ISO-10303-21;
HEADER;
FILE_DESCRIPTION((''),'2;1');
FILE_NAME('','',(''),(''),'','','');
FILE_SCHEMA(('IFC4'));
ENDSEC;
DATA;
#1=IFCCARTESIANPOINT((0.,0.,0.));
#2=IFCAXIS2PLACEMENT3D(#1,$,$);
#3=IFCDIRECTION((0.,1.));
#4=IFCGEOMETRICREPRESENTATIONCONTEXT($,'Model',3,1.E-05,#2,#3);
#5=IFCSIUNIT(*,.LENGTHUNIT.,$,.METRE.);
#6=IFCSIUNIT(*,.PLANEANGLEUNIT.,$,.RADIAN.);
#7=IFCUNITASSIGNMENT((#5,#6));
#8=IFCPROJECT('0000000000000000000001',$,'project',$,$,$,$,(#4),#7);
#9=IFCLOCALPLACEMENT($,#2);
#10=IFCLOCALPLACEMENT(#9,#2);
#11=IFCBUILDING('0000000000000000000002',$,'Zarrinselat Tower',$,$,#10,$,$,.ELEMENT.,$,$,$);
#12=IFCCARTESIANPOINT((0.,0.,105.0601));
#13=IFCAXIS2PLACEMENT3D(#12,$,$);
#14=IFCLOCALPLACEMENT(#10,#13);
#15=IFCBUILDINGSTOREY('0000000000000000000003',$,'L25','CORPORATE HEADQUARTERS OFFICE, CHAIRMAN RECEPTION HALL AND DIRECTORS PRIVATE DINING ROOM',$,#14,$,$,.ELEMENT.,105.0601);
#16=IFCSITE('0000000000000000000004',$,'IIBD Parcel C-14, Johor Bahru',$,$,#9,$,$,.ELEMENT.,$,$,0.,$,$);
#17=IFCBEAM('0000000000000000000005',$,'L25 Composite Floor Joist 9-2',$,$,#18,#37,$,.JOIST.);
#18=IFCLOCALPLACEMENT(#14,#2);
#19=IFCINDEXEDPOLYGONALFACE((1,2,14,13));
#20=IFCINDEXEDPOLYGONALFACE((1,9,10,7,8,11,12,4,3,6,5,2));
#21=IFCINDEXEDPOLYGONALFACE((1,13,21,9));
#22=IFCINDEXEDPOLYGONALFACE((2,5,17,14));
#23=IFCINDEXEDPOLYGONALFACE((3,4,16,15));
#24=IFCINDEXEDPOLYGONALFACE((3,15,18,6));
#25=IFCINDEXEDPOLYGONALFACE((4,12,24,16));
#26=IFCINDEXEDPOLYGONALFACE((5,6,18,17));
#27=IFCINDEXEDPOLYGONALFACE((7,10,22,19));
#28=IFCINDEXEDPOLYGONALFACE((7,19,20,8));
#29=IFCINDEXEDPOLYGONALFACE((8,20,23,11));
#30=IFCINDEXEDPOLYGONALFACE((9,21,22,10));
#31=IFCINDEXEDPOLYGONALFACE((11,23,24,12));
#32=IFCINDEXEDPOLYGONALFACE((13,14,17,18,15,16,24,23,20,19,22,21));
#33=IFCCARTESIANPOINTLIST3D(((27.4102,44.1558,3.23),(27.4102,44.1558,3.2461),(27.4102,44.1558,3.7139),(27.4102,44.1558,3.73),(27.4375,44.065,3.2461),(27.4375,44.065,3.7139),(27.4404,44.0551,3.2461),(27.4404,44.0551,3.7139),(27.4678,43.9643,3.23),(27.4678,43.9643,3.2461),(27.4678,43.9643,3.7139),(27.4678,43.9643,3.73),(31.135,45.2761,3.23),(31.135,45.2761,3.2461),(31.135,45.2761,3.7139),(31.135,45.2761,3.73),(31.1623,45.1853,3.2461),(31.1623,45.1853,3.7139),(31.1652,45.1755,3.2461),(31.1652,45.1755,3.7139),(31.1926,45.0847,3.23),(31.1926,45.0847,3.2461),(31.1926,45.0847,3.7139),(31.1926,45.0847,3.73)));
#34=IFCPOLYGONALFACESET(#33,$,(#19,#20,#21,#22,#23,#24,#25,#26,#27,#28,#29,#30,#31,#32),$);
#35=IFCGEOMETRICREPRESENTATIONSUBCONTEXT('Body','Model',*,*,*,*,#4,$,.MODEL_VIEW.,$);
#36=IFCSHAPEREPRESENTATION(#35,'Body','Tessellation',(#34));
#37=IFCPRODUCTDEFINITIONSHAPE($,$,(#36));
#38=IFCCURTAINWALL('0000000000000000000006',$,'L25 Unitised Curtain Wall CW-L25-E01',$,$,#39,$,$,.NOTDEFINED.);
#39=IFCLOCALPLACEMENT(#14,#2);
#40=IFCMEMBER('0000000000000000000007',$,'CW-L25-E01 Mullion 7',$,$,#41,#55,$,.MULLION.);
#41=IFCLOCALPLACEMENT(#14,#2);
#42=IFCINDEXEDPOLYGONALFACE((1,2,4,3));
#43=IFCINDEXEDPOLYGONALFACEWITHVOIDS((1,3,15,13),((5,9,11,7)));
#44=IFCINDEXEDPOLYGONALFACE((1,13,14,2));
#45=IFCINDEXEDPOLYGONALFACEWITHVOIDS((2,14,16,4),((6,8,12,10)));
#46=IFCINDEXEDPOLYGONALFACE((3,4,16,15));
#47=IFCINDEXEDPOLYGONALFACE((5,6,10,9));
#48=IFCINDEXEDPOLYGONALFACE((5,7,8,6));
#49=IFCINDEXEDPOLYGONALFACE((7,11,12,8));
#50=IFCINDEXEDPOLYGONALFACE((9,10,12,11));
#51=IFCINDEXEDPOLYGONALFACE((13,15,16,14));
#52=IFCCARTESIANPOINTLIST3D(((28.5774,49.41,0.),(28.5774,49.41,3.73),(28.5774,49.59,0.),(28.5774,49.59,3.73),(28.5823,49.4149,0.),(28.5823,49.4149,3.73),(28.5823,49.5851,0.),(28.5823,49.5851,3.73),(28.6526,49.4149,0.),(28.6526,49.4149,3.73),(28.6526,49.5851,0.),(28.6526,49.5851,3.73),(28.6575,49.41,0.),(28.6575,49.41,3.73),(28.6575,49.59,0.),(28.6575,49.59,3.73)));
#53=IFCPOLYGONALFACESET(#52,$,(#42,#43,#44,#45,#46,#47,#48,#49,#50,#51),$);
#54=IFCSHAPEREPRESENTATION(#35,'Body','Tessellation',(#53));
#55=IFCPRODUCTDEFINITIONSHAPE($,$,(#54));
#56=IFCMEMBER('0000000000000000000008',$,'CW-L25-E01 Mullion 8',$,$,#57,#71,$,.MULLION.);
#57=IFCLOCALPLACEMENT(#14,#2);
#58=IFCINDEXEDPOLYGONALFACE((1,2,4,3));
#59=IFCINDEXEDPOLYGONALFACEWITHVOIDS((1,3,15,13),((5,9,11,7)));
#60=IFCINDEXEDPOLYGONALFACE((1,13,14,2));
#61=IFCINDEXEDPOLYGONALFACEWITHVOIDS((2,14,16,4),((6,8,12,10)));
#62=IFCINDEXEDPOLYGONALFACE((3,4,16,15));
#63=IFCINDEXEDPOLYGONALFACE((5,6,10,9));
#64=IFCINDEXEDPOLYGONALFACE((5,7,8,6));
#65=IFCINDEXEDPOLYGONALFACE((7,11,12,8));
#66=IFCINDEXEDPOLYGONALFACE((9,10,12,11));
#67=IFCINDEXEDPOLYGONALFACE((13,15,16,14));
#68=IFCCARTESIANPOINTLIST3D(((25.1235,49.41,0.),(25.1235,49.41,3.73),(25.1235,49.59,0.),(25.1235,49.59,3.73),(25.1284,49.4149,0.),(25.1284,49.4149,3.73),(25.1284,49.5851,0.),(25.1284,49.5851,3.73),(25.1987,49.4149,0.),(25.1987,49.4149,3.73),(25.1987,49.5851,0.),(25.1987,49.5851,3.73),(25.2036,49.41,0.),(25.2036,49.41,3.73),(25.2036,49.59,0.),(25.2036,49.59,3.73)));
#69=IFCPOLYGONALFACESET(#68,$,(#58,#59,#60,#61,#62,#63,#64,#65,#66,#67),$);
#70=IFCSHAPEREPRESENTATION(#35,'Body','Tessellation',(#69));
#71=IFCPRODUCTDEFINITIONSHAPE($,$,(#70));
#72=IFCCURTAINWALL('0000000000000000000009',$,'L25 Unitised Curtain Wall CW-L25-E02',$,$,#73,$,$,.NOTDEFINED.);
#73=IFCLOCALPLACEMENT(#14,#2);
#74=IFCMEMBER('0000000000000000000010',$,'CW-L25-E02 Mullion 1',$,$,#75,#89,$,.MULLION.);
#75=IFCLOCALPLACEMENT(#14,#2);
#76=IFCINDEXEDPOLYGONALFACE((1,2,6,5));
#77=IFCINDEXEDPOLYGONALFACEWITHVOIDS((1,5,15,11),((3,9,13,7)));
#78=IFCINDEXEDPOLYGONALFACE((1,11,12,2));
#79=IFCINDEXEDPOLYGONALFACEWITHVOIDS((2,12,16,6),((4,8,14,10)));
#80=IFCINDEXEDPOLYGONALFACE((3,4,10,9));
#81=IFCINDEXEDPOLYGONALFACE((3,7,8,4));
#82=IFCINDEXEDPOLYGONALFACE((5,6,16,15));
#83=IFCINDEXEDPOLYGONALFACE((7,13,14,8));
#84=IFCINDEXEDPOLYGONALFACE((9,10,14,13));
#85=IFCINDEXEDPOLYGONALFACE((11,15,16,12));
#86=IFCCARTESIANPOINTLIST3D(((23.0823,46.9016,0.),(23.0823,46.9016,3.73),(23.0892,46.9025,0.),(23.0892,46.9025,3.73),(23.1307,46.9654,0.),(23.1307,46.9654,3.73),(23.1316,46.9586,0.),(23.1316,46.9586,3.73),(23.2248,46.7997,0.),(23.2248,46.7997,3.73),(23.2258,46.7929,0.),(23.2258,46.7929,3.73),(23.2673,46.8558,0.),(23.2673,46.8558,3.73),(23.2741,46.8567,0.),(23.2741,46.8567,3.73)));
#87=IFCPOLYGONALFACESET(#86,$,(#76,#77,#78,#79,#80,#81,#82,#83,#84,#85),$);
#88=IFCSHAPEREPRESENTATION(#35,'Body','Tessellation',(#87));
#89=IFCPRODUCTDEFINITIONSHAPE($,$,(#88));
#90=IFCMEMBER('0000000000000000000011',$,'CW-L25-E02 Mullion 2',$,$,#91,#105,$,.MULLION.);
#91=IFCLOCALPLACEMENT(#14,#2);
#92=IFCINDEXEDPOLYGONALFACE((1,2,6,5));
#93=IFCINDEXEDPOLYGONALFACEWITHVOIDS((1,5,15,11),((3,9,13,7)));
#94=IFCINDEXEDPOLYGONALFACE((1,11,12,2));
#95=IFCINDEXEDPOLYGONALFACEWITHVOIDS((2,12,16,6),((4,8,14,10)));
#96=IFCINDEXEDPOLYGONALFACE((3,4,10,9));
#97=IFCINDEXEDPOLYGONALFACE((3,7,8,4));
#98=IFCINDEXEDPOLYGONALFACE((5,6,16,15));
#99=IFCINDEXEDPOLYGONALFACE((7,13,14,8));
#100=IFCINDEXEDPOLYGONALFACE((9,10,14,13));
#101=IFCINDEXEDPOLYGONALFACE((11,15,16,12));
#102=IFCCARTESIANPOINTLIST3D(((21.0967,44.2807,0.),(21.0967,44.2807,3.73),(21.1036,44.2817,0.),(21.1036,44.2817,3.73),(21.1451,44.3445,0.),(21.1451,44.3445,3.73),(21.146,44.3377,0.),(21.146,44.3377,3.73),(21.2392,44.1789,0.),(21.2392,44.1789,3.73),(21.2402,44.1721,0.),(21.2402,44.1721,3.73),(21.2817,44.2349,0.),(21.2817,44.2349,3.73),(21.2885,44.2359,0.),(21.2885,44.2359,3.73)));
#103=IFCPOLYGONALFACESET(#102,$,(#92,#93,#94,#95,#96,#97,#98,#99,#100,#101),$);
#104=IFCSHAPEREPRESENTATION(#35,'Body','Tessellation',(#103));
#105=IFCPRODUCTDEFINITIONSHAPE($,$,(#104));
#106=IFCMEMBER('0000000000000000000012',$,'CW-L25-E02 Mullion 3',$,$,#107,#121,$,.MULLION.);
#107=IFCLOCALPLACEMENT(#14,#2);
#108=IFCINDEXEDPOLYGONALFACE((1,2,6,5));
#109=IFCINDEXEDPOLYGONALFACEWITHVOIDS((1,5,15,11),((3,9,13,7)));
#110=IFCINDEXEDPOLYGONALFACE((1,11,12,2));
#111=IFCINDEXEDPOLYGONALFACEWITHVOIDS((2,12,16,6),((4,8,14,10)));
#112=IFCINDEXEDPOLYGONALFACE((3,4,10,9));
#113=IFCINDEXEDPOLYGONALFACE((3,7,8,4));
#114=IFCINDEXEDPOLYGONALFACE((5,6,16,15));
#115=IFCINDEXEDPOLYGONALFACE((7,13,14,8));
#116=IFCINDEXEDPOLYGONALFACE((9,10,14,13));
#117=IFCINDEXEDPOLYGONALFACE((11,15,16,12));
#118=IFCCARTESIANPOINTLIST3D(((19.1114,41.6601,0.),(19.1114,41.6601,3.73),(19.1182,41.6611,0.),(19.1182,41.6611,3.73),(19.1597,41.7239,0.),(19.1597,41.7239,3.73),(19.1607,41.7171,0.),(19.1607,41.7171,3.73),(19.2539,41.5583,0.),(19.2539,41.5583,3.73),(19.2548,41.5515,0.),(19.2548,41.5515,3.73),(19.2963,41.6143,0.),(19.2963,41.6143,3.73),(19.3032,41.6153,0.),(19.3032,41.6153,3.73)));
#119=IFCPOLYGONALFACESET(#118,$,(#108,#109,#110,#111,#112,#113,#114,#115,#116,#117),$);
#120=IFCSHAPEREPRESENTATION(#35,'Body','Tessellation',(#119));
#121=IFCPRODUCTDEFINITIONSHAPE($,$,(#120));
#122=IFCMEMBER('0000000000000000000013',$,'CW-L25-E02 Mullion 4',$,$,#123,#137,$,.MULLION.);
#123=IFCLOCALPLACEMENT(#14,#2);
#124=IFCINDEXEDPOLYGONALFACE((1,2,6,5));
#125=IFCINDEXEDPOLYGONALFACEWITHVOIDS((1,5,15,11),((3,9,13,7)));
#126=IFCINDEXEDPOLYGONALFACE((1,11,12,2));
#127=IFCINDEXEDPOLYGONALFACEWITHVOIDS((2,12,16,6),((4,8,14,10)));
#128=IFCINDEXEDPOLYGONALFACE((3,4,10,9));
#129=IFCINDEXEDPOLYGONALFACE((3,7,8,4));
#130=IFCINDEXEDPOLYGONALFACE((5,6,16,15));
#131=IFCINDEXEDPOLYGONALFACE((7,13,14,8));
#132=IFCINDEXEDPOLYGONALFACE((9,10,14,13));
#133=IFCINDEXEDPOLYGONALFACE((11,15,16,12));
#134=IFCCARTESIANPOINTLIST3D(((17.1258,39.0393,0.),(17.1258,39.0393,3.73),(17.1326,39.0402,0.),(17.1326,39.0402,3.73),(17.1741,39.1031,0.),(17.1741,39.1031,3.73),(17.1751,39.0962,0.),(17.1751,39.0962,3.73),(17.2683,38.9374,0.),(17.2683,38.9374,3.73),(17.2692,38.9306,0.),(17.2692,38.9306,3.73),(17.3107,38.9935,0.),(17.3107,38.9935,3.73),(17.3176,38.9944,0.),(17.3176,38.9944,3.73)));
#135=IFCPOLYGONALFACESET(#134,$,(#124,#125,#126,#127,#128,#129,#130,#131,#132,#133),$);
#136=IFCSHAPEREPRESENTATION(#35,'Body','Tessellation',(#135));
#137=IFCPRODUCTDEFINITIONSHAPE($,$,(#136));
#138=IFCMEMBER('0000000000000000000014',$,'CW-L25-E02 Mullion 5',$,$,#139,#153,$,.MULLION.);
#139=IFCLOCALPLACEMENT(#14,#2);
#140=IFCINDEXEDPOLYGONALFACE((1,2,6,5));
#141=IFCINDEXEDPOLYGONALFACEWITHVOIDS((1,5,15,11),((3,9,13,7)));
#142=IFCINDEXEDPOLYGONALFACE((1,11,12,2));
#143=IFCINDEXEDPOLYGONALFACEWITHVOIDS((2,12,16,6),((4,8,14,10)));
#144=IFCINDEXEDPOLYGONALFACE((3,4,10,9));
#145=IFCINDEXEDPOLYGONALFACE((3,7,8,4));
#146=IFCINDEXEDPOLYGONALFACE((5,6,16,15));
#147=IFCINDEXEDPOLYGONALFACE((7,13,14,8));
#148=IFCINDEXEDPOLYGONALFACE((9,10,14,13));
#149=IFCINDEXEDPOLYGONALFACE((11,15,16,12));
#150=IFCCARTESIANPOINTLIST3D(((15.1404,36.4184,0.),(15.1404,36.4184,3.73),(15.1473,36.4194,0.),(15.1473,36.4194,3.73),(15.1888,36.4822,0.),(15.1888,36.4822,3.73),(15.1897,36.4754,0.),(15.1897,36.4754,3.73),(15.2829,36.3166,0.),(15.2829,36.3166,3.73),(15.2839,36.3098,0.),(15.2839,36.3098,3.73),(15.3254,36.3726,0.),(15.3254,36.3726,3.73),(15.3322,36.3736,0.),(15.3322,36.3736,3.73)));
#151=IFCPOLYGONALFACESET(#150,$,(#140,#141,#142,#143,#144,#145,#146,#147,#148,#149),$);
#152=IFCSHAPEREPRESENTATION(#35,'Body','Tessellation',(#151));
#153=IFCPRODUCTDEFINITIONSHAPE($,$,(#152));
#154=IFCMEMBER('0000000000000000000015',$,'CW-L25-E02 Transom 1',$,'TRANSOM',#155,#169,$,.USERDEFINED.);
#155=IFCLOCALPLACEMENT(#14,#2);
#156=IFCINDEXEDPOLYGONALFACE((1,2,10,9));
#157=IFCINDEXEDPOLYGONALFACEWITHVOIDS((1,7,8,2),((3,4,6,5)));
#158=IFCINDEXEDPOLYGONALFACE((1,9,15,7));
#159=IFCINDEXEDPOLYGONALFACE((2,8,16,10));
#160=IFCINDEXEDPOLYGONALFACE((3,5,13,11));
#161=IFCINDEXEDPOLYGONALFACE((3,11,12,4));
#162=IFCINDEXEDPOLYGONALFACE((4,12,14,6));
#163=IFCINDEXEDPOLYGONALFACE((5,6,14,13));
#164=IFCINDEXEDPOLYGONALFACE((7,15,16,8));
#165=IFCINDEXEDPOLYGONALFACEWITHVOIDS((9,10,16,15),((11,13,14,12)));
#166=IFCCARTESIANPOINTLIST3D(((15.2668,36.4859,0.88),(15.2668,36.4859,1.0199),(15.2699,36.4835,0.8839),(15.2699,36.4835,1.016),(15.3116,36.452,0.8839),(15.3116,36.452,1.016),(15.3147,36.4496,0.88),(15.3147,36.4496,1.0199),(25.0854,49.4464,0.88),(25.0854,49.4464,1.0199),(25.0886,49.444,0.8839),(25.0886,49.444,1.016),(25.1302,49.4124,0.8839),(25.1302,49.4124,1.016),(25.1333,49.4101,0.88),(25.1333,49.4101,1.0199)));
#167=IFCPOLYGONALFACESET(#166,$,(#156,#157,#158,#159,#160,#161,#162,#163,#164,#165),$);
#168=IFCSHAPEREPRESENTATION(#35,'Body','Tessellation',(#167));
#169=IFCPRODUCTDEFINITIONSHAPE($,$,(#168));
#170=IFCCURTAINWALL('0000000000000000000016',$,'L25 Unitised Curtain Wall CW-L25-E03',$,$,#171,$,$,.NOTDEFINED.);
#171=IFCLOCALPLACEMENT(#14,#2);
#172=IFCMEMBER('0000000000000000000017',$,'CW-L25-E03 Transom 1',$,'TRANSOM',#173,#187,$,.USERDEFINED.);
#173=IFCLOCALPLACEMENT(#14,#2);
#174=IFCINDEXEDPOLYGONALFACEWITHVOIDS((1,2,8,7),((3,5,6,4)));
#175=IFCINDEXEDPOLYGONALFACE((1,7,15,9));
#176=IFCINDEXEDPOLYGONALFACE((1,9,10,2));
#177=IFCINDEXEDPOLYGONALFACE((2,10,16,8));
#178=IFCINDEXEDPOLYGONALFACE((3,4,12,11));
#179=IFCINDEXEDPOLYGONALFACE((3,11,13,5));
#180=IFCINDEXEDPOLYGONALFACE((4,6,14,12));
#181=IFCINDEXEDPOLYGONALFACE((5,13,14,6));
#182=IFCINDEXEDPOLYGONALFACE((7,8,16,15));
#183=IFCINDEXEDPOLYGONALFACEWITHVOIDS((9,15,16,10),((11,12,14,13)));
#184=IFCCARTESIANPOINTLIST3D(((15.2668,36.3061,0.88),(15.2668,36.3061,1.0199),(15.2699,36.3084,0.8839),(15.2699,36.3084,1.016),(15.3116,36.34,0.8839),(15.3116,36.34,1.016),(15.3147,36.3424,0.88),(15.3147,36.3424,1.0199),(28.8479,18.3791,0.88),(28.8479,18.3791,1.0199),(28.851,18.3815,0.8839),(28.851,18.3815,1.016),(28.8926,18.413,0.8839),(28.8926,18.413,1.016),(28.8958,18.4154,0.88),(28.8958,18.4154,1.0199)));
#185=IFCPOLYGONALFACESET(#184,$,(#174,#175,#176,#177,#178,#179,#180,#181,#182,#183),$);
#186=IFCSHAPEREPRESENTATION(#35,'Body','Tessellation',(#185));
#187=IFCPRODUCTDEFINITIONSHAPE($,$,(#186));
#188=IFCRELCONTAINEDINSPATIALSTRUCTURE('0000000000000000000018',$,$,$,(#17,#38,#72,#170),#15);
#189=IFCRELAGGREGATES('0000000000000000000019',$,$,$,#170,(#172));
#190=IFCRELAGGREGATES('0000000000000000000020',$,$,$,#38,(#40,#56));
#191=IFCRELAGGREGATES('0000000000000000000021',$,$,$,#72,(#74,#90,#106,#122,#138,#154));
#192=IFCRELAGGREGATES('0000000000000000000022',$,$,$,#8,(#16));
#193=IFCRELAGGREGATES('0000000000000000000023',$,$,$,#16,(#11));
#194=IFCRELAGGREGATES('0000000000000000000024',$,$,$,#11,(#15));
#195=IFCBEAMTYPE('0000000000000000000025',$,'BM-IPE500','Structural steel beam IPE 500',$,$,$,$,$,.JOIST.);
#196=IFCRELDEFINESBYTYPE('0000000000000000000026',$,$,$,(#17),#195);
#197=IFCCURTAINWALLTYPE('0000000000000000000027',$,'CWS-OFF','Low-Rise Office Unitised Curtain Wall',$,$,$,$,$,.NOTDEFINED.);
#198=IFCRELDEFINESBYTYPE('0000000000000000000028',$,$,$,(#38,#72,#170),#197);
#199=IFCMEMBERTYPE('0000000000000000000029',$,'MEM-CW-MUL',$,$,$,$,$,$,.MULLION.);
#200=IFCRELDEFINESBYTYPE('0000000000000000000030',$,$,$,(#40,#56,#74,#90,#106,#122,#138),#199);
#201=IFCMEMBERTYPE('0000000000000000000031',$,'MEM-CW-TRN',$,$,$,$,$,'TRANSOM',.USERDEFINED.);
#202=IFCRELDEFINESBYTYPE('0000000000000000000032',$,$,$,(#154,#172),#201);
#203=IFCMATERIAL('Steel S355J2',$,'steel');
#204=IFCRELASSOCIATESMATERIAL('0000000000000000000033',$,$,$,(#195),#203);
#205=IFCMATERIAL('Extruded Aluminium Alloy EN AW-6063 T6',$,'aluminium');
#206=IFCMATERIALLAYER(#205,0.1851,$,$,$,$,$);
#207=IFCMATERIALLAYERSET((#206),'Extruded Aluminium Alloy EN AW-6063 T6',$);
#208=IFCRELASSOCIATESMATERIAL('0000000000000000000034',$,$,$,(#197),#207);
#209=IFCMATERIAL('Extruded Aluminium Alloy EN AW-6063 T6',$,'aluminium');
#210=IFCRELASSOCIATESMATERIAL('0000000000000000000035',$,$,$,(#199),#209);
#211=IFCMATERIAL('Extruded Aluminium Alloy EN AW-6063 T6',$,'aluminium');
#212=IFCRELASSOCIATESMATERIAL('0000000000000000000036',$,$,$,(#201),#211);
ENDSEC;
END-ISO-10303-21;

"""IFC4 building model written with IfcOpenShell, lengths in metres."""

from ifc_helpers import new_model, si_unit, direction, frame, origin, origin_2d, place, context, subcontext, project, spatial, hollow_rectangle, i_section, extrude, material, layer, layer_set, material_profile, profile_set, type_object, element, aggregate, save


model = new_model("IFC4")

# Units and contexts
model_context = context("Model", 3, precision=1e-05, world=origin(), true_north=direction((0.0, 1.0)))
body_context = subcontext(model_context, "Body", "Model", "MODEL_VIEW")
ifc_project = project(units=[si_unit("LENGTHUNIT", "METRE"), si_unit("PLANEANGLEUNIT", "RADIAN")], contexts=[model_context])

# Site, building, storey
site_placement = place(None, origin())
site = spatial("IfcSite", under=ifc_project, at=site_placement, Name="IIBD Parcel C-14, Johor Bahru", CompositionType="ELEMENT", RefElevation=0.0)
building_placement = place(site_placement, origin())
building = spatial("IfcBuilding", under=site, at=building_placement, Name="Zarrinselat Tower", CompositionType="ELEMENT")
storey_placement = place(building_placement, frame((0.0, 0.0, 105.0601)))
storey = spatial("IfcBuildingStorey", under=building, at=storey_placement, Name="L25", Description="CORPORATE HEADQUARTERS OFFICE, CHAIRMAN RECEPTION HALL AND DIRECTORS PRIVATE DINING ROOM", CompositionType="ELEMENT", Elevation=105.0601)

# Beam
ifc_material_1 = material(Name="Steel S355J2", Category="steel")
ifc_material_profile_1 = material_profile(ifc_material_1, i_section(OverallWidth=0.2, OverallDepth=0.5, WebThickness=0.0103, FlangeThickness=0.0161, at=origin_2d()), Name="IPE 500")
ifc_profile_set_1 = profile_set([ifc_material_profile_1], Name="Steel S355J2")
beam_type_1 = type_object("IfcBeamType", Name="BM-IPE500", Description="Structural steel beam IPE 500", PredefinedType="JOIST", material=ifc_profile_set_1)
beam_1_placement = place(storey_placement, frame((27.439, 44.0601, 3.48), z_axis=(0.95762, 0.288033, 0.0), x_axis=(-0.288033, 0.95762, 0.0)))
element("IfcBeam", 1, at=beam_1_placement, inside=storey, type_object=beam_type_1, Name="L25 Composite Floor Joist 9-2", PredefinedType="JOIST", context=body_context, shape_type="SweptSolid", body=[
    extrude(i_section(OverallWidth=0.2, OverallDepth=0.5, WebThickness=0.0103, FlangeThickness=0.0161, at=origin_2d()), origin(), (0.0, 0.0, 1.0), 3.8896),
])

# Curtain walls, members
ifc_material_2 = material(Name="Extruded Aluminium Alloy EN AW-6063 T6", Category="aluminium")
ifc_layer_1 = layer(ifc_material_2, 0.1851)
ifc_layer_set_1 = layer_set([ifc_layer_1], Name="Extruded Aluminium Alloy EN AW-6063 T6")
curtain_wall_type = type_object("IfcCurtainWallType", Name="CWS-OFF", Description="Low-Rise Office Unitised Curtain Wall", PredefinedType="NOTDEFINED", material=ifc_layer_set_1)
curtain_wall_1_placement = place(storey_placement, origin())
curtain_wall_1 = element("IfcCurtainWall", 2, at=curtain_wall_1_placement, inside=storey, type_object=curtain_wall_type, Name="L25 Unitised Curtain Wall CW-L25-E01", PredefinedType="NOTDEFINED")
ifc_material_3 = material(Name="Extruded Aluminium Alloy EN AW-6063 T6", Category="aluminium")
ifc_material_profile_2 = material_profile(ifc_material_3, hollow_rectangle(XDim=0.0801, YDim=0.1799, WallThickness=0.0049, at=origin_2d()), Name="RHS 180x80x5")
ifc_profile_set_2 = profile_set([ifc_material_profile_2], Name="Extruded Aluminium Alloy EN AW-6063 T6")
member_type_1 = type_object("IfcMemberType", Name="MEM-CW-MUL", PredefinedType="MULLION", material=ifc_profile_set_2)
member_1_placement = place(storey_placement, frame((28.6174, 49.5, 0.0), z_axis=(0.0, 0.0, 1.0), x_axis=(-1.0, 0.0, 0.0)))
member_1 = element("IfcMember", 3, at=member_1_placement, type_object=member_type_1, Name="CW-L25-E01 Mullion 7", PredefinedType="MULLION", context=body_context, shape_type="SweptSolid", body=[
    extrude(hollow_rectangle(XDim=0.0801, YDim=0.1799, WallThickness=0.0049, at=origin_2d()), origin(), (0.0, 0.0, 1.0), 3.73),
])
member_2_placement = place(storey_placement, frame((25.1636, 49.5, 0.0), z_axis=(0.0, 0.0, 1.0), x_axis=(-1.0, 0.0, 0.0)))
member_2 = element("IfcMember", 4, at=member_2_placement, type_object=member_type_1, Name="CW-L25-E01 Mullion 8", PredefinedType="MULLION", context=body_context, shape_type="SweptSolid", body=[
    extrude(hollow_rectangle(XDim=0.0801, YDim=0.1799, WallThickness=0.0049, at=origin_2d()), origin(), (0.0, 0.0, 1.0), 3.73),
])
curtain_wall_2_placement = place(storey_placement, origin())
curtain_wall_2 = element("IfcCurtainWall", 5, at=curtain_wall_2_placement, inside=storey, type_object=curtain_wall_type, Name="L25 Unitised Curtain Wall CW-L25-E02", PredefinedType="NOTDEFINED")
member_3_placement = place(storey_placement, frame((23.1782, 46.8792, 0.0), z_axis=(0.0, 0.0, 1.0), x_axis=(-0.603855, -0.797094, 0.0)))
member_3 = element("IfcMember", 6, at=member_3_placement, type_object=member_type_1, Name="CW-L25-E02 Mullion 1", PredefinedType="MULLION", context=body_context, shape_type="SweptSolid", body=[
    extrude(hollow_rectangle(XDim=0.0801, YDim=0.1799, WallThickness=0.0049, at=origin_2d()), origin(), (0.0, 0.0, 1.0), 3.73),
])
member_4_placement = place(storey_placement, frame((21.1926, 44.2583, 0.0), z_axis=(0.0, 0.0, 1.0), x_axis=(-0.603855, -0.797094, 0.0)))
member_4 = element("IfcMember", 7, at=member_4_placement, type_object=member_type_1, Name="CW-L25-E02 Mullion 2", PredefinedType="MULLION", context=body_context, shape_type="SweptSolid", body=[
    extrude(hollow_rectangle(XDim=0.0801, YDim=0.1799, WallThickness=0.0049, at=origin_2d()), origin(), (0.0, 0.0, 1.0), 3.73),
])
member_5_placement = place(storey_placement, frame((19.2073, 41.6377, 0.0), z_axis=(0.0, 0.0, 1.0), x_axis=(-0.603855, -0.797094, 0.0)))
member_5 = element("IfcMember", 8, at=member_5_placement, type_object=member_type_1, Name="CW-L25-E02 Mullion 3", PredefinedType="MULLION", context=body_context, shape_type="SweptSolid", body=[
    extrude(hollow_rectangle(XDim=0.0801, YDim=0.1799, WallThickness=0.0049, at=origin_2d()), origin(), (0.0, 0.0, 1.0), 3.73),
])
member_6_placement = place(storey_placement, frame((17.2217, 39.0168, 0.0), z_axis=(0.0, 0.0, 1.0), x_axis=(-0.603855, -0.797094, 0.0)))
member_6 = element("IfcMember", 9, at=member_6_placement, type_object=member_type_1, Name="CW-L25-E02 Mullion 4", PredefinedType="MULLION", context=body_context, shape_type="SweptSolid", body=[
    extrude(hollow_rectangle(XDim=0.0801, YDim=0.1799, WallThickness=0.0049, at=origin_2d()), origin(), (0.0, 0.0, 1.0), 3.73),
])
member_7_placement = place(storey_placement, frame((15.2363, 36.396, 0.0), z_axis=(0.0, 0.0, 1.0), x_axis=(-0.603855, -0.797094, 0.0)))
member_7 = element("IfcMember", 10, at=member_7_placement, type_object=member_type_1, Name="CW-L25-E02 Mullion 5", PredefinedType="MULLION", context=body_context, shape_type="SweptSolid", body=[
    extrude(hollow_rectangle(XDim=0.0801, YDim=0.1799, WallThickness=0.0049, at=origin_2d()), origin(), (0.0, 0.0, 1.0), 3.73),
])
ifc_material_4 = material(Name="Extruded Aluminium Alloy EN AW-6063 T6", Category="aluminium")
ifc_material_profile_3 = material_profile(ifc_material_4, hollow_rectangle(XDim=0.0601, YDim=0.1399, WallThickness=0.0039, at=origin_2d()), Name="RHS 140x60x4")
ifc_profile_set_3 = profile_set([ifc_material_profile_3], Name="Extruded Aluminium Alloy EN AW-6063 T6")
member_type_2 = type_object("IfcMemberType", Name="MEM-CW-TRN", ElementType="TRANSOM", PredefinedType="USERDEFINED", material=ifc_profile_set_3)
member_8_placement = place(storey_placement, frame((25.1094, 49.4282, 0.95), z_axis=(-0.603861, -0.79709, 0.0), x_axis=(0.79709, -0.603861, 0.0)))
member_8 = element("IfcMember", 11, at=member_8_placement, type_object=member_type_2, Name="CW-L25-E02 Transom 1", ObjectType="TRANSOM", PredefinedType="USERDEFINED", context=body_context, shape_type="SweptSolid", body=[
    extrude(hollow_rectangle(XDim=0.0601, YDim=0.1399, WallThickness=0.0039, at=origin_2d()), origin(), (0.0, 0.0, 1.0), 16.2598),
])

# Curtain wall, member
curtain_wall_3_placement = place(storey_placement, origin())
curtain_wall_3 = element("IfcCurtainWall", 12, at=curtain_wall_3_placement, inside=storey, type_object=curtain_wall_type, Name="L25 Unitised Curtain Wall CW-L25-E03", PredefinedType="NOTDEFINED")
member_9_placement = place(storey_placement, frame((15.2908, 36.3242, 0.95), z_axis=(0.603857, -0.797092, 0.0), x_axis=(0.797092, 0.603857, 0.0)))
member_9 = element("IfcMember", 13, at=member_9_placement, type_object=member_type_2, Name="CW-L25-E03 Transom 1", ObjectType="TRANSOM", PredefinedType="USERDEFINED", context=body_context, shape_type="SweptSolid", body=[
    extrude(hollow_rectangle(XDim=0.0601, YDim=0.1399, WallThickness=0.0039, at=origin_2d()), origin(), (0.0, 0.0, 1.0), 22.4905),
])
aggregate(curtain_wall_3, [member_9])

aggregate(curtain_wall_1, [member_1, member_2])
aggregate(curtain_wall_2, [member_3, member_4, member_5, member_6, member_7, member_8])

save(model, "model.ifc")
